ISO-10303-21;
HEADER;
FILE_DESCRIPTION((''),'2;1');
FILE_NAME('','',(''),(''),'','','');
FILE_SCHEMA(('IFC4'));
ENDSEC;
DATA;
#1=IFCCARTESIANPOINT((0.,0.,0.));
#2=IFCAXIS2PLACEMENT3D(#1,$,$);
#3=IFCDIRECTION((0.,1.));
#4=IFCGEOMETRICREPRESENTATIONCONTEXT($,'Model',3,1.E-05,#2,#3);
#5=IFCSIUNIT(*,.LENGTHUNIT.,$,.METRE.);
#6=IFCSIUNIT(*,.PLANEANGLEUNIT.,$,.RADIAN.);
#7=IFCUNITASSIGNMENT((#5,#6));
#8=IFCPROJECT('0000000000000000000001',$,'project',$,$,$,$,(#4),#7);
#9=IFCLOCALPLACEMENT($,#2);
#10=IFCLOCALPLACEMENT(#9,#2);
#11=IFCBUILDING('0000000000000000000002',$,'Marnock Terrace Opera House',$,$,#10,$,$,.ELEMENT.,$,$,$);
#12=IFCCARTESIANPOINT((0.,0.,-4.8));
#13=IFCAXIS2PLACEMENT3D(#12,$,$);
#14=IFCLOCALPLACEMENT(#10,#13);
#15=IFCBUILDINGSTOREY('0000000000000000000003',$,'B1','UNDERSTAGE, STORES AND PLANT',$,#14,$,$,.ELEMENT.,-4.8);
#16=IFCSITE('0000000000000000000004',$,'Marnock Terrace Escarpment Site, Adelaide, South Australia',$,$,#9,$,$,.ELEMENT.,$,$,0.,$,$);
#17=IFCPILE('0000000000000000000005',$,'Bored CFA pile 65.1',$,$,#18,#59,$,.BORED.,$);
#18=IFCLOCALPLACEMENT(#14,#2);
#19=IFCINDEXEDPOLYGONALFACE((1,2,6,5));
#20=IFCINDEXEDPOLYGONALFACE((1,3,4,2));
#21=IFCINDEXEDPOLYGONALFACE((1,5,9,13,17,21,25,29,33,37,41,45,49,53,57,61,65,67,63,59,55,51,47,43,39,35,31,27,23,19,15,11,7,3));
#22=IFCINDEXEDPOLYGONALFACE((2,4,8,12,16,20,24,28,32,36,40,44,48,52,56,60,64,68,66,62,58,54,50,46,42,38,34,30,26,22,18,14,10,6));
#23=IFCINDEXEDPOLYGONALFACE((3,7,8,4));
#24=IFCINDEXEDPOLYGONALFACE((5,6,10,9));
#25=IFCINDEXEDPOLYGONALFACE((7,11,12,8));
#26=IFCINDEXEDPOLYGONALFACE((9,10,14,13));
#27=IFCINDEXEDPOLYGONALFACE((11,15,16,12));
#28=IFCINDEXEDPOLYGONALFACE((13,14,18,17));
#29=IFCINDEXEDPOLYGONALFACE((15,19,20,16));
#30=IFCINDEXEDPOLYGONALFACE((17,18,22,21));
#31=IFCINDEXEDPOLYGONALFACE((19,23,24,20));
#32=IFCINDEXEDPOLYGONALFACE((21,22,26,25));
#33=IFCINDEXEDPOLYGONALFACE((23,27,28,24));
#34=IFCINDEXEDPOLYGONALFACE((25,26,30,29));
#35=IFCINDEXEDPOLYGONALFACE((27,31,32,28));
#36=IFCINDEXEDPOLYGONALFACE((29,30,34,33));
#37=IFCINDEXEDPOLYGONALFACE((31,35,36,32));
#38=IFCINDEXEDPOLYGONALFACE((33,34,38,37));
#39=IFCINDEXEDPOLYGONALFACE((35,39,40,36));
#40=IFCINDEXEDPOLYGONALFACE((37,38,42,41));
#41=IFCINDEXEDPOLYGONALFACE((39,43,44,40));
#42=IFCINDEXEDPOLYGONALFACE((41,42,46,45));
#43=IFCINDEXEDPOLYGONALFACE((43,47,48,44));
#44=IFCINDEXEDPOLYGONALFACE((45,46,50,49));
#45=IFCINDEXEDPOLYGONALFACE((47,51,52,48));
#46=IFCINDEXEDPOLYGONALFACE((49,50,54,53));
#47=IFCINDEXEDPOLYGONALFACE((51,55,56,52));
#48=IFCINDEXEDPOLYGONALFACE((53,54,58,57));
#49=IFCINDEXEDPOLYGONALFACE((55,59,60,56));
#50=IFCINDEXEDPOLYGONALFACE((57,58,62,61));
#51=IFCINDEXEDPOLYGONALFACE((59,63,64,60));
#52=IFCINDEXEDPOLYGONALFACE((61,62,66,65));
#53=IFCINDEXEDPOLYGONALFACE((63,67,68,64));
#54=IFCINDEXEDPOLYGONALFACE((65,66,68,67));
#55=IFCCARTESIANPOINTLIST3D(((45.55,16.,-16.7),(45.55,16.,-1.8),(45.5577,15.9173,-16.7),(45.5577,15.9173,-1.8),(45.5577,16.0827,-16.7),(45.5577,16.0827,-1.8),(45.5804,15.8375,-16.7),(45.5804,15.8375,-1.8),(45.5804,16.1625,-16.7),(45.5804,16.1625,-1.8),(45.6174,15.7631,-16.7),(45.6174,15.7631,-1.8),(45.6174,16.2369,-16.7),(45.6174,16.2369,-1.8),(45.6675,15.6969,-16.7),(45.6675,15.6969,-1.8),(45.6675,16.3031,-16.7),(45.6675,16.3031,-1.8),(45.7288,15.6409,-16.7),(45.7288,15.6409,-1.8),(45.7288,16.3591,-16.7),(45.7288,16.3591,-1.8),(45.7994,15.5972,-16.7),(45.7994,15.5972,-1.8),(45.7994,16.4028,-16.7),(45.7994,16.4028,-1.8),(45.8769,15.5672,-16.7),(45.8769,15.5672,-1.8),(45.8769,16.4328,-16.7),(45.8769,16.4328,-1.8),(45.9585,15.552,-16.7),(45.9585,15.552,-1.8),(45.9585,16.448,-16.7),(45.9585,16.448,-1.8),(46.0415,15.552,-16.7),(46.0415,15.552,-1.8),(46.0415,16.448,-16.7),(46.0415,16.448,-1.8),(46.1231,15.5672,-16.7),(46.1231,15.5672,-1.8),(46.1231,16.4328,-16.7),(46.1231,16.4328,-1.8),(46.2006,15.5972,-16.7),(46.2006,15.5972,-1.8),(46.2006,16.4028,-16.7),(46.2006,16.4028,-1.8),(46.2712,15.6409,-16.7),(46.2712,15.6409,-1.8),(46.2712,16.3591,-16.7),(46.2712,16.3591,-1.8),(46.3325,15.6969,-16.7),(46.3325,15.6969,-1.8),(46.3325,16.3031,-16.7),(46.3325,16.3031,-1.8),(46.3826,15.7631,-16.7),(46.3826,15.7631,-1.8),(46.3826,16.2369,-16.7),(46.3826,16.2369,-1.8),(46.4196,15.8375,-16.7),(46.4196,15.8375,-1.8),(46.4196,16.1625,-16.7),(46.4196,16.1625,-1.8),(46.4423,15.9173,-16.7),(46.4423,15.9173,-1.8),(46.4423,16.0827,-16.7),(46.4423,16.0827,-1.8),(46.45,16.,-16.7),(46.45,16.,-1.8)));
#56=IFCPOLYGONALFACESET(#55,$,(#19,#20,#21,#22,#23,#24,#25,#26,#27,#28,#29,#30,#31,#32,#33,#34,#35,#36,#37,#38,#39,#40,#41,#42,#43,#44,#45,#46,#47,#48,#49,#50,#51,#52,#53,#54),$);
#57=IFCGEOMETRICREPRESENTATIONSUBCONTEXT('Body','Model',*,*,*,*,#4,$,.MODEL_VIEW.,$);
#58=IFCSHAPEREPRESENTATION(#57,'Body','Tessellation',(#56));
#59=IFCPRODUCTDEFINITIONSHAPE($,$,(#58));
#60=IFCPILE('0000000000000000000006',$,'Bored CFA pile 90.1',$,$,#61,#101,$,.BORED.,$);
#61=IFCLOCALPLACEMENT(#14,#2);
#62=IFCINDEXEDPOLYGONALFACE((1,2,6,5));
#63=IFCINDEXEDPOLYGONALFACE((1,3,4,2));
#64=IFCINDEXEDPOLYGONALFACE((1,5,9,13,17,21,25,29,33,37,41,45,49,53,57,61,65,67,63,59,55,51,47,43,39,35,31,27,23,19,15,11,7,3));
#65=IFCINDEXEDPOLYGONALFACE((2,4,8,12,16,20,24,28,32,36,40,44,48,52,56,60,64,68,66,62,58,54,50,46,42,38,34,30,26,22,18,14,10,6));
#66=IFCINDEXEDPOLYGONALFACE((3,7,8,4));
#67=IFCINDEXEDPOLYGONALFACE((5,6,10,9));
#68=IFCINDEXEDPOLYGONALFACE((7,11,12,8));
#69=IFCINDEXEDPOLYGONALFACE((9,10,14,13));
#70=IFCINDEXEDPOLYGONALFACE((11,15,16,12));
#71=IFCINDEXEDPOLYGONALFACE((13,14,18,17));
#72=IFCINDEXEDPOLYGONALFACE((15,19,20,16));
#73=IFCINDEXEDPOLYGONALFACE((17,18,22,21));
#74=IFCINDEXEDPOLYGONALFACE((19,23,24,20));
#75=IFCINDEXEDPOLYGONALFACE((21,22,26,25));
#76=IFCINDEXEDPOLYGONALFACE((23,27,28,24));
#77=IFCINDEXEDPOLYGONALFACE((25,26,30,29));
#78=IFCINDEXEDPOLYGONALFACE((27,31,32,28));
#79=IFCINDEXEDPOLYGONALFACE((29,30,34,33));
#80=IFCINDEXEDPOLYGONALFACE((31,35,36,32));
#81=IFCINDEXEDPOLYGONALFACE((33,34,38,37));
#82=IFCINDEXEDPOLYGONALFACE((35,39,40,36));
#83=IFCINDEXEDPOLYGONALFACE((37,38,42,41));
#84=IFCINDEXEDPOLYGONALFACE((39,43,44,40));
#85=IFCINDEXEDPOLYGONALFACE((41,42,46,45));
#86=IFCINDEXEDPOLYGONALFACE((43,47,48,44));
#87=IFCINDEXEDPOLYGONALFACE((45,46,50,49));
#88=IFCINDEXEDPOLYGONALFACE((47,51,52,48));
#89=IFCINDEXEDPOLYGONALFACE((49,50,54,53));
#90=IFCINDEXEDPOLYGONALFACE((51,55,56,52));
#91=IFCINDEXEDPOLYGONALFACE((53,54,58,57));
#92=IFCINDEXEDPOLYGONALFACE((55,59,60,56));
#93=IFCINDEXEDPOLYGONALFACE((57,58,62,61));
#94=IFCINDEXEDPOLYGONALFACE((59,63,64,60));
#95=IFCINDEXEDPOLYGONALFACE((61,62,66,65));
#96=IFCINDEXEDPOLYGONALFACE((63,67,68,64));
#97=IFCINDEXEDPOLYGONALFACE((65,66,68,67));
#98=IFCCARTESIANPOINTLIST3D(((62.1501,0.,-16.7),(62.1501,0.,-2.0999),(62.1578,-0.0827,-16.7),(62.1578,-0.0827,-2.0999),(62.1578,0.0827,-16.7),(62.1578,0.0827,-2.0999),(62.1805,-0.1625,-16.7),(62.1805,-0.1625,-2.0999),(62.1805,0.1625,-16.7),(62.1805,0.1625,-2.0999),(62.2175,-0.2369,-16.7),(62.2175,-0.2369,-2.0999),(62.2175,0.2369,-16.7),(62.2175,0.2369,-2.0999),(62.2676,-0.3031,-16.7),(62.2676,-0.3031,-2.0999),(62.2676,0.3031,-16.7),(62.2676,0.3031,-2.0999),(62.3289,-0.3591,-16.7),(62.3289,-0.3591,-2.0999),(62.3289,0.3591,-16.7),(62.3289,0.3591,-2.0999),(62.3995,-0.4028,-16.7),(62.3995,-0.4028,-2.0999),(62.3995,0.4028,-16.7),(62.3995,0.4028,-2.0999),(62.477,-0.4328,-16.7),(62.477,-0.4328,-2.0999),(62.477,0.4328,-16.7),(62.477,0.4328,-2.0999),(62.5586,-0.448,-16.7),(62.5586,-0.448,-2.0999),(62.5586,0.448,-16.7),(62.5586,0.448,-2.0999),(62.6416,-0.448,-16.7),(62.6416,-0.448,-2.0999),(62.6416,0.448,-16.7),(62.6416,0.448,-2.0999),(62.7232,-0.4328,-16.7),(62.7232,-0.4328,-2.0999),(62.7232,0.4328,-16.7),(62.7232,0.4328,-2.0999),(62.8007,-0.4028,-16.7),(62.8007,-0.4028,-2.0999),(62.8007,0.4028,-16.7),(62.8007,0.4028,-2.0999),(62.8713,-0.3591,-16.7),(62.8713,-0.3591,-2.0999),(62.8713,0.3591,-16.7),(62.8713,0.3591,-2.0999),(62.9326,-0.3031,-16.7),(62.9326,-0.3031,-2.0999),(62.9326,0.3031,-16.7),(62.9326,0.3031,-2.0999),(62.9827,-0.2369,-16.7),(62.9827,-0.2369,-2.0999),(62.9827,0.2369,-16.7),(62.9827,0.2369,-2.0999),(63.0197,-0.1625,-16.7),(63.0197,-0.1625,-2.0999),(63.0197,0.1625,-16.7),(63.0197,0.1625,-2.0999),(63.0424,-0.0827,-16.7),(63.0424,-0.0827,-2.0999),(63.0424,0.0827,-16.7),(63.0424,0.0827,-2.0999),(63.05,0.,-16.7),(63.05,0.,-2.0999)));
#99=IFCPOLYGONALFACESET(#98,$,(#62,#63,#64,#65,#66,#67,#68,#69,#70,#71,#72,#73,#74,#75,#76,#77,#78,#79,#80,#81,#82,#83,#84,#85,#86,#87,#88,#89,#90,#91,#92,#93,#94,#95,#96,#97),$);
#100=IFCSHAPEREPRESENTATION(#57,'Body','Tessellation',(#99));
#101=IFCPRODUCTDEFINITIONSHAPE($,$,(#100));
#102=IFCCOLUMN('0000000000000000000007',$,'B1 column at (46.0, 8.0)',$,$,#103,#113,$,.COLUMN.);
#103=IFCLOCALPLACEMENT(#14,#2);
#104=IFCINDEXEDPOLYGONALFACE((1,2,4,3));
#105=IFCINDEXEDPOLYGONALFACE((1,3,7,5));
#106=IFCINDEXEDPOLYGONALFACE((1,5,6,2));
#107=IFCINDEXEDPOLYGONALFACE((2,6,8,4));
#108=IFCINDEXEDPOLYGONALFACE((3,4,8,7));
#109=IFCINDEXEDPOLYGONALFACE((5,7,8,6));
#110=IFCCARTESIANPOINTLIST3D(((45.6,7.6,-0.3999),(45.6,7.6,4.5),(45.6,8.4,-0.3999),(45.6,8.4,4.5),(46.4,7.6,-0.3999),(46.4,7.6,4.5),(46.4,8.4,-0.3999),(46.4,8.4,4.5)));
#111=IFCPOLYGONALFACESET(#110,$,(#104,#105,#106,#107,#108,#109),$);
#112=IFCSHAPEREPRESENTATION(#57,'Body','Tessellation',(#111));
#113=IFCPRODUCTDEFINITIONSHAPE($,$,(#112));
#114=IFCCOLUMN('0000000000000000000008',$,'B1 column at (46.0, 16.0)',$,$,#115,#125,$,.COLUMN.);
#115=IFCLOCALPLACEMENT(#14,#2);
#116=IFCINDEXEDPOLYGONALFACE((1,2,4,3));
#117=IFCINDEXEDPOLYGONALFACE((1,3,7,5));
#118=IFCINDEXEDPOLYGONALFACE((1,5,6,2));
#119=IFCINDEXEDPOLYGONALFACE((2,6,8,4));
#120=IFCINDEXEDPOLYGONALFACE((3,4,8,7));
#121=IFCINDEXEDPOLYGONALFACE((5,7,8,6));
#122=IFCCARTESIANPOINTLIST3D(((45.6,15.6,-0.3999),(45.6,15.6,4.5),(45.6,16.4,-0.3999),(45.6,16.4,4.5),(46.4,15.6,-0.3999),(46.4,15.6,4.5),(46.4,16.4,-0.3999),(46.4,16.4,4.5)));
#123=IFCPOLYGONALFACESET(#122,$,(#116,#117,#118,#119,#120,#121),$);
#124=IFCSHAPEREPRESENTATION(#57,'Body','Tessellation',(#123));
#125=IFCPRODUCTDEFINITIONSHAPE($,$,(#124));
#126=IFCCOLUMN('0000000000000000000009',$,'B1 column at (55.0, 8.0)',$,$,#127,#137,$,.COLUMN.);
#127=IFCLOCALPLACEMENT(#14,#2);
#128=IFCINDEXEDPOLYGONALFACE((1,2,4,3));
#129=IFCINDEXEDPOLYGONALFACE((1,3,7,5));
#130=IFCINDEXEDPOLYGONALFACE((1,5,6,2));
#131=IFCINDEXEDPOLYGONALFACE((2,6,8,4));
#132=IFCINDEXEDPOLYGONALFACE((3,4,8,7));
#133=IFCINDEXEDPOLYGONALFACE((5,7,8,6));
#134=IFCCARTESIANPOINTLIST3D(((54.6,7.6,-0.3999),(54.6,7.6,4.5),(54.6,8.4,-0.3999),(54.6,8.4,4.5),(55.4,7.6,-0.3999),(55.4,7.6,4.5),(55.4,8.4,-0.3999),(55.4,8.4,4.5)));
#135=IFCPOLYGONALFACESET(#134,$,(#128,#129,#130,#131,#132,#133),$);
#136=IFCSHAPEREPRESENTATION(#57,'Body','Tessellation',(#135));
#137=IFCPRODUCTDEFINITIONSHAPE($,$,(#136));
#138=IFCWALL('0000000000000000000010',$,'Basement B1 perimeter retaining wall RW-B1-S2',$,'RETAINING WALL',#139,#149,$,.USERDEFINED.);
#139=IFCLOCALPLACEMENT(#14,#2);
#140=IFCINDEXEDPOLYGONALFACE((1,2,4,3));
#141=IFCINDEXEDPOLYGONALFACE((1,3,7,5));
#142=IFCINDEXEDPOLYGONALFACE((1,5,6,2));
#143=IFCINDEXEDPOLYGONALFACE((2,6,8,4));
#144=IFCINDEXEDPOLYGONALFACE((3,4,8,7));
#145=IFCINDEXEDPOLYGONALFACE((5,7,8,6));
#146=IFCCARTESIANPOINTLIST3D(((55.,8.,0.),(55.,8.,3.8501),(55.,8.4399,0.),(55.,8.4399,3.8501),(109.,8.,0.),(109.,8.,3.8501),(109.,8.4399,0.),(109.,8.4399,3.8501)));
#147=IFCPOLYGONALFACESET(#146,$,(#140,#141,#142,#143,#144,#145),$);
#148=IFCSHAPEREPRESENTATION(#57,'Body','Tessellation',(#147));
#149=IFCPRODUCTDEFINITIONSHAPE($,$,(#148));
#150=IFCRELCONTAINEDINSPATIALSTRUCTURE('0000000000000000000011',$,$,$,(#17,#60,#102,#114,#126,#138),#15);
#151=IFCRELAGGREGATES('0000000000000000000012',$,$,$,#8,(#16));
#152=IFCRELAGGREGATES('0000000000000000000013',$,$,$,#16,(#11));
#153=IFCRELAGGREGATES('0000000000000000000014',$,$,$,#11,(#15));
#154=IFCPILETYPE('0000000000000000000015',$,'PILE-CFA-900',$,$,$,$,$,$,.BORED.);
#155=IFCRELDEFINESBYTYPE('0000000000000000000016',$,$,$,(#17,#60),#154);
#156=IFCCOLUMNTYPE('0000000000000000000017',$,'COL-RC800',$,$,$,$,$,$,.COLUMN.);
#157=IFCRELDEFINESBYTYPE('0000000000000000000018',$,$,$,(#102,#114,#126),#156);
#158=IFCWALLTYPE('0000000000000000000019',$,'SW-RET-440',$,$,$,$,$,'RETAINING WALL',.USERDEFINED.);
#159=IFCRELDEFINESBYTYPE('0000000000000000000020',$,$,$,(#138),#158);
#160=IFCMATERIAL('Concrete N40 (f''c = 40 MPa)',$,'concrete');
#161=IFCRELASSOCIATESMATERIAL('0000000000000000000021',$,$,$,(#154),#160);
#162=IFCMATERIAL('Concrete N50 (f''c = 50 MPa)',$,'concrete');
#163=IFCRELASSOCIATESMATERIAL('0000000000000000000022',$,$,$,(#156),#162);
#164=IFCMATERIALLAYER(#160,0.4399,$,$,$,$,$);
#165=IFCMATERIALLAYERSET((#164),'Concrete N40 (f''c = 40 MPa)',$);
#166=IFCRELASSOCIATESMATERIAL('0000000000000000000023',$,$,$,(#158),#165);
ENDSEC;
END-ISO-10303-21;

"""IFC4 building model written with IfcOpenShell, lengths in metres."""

from ifc_helpers import new_model, si_unit, direction, frame, frame_2d, origin, origin_2d, place, context, subcontext, project, spatial, rectangle, circle, extrude, material, layer, layer_set, material_profile, profile_set, type_object, element, save


model = new_model("IFC4")

# Units and contexts
model_context = context("Model", 3, precision=1e-05, world=origin(), true_north=direction((0.0, 1.0)))
body_context = subcontext(model_context, "Body", "Model", "MODEL_VIEW")
ifc_project = project(units=[si_unit("LENGTHUNIT", "METRE"), si_unit("PLANEANGLEUNIT", "RADIAN")], contexts=[model_context])

# Site, building, storey
site_placement = place(None, origin())
site = spatial("IfcSite", under=ifc_project, at=site_placement, Name="Marnock Terrace Escarpment Site, Adelaide, South Australia", CompositionType="ELEMENT", RefElevation=0.0)
building_placement = place(site_placement, origin())
building = spatial("IfcBuilding", under=site, at=building_placement, Name="Marnock Terrace Opera House", CompositionType="ELEMENT")
storey_placement = place(building_placement, frame((0.0, 0.0, -4.8)))
storey = spatial("IfcBuildingStorey", under=building, at=storey_placement, Name="B1", Description="UNDERSTAGE, STORES AND PLANT", CompositionType="ELEMENT", Elevation=-4.8)

# Shared definitions
ifc_material_1 = material(Name="Concrete N40 (f'c = 40 MPa)", Category="concrete")

# Piles
ifc_material_profile_1 = material_profile(ifc_material_1, circle(Radius=0.45, at=origin_2d()))
ifc_profile_set_1 = profile_set([ifc_material_profile_1], Name="Concrete N40 (f'c = 40 MPa)")
pile_type_1 = type_object("IfcPileType", Name="PILE-CFA-900", PredefinedType="BORED", material=ifc_profile_set_1)
for number, where, z_axis, x_axis, name in (
    (1, (46.0, 16.0, -1.8), (0.0, 0.0, -1.0), (1.0, 0.0, 0.0), "Bored CFA pile 65.1"),
):
    element("IfcPile", number, at=place(storey_placement, frame(where, z_axis=z_axis, x_axis=x_axis)), inside=storey, type_object=pile_type_1, Name=name, PredefinedType="BORED", context=body_context, shape_type="SweptSolid", body=[
        extrude(circle(Radius=0.45, at=origin_2d()), origin(), (0.0, 0.0, 1.0), 14.8999),
    ])
pile_placement = place(storey_placement, frame((62.6001, 0.0, -2.0999), z_axis=(0.0, 0.0, -1.0), x_axis=(1.0, 0.0, 0.0)))
element("IfcPile", 2, at=pile_placement, inside=storey, type_object=pile_type_1, Name="Bored CFA pile 90.1", PredefinedType="BORED", context=body_context, shape_type="SweptSolid", body=[
    extrude(circle(Radius=0.45, at=origin_2d()), origin(), (0.0, 0.0, 1.0), 14.6001),
])

# Columns
ifc_material_2 = material(Name="Concrete N50 (f'c = 50 MPa)", Category="concrete")
ifc_material_profile_2 = material_profile(ifc_material_2, rectangle(XDim=0.8, YDim=0.8, at=origin_2d()))
ifc_profile_set_2 = profile_set([ifc_material_profile_2], Name="Concrete N50 (f'c = 50 MPa)")
column_type = type_object("IfcColumnType", Name="COL-RC800", PredefinedType="COLUMN", material=ifc_profile_set_2)
for number, where, z_axis, x_axis, name in (
    (3, (46.0, 8.0, -0.3999), (0.0, 0.0, 1.0), (1.0, 0.0, 0.0), "B1 column at (46.0, 8.0)"),
    (4, (46.0, 16.0, -0.3999), (0.0, 0.0, 1.0), (1.0, 0.0, 0.0), "B1 column at (46.0, 16.0)"),
    (5, (55.0, 8.0, -0.3999), (0.0, 0.0, 1.0), (1.0, 0.0, 0.0), "B1 column at (55.0, 8.0)"),
):
    element("IfcColumn", number, at=place(storey_placement, frame(where, z_axis=z_axis, x_axis=x_axis)), inside=storey, type_object=column_type, Name=name, PredefinedType="COLUMN", context=body_context, shape_type="SweptSolid", body=[
        extrude(rectangle(XDim=0.8, YDim=0.8, at=origin_2d()), origin(), (0.0, 0.0, 1.0), 4.8999),
    ])

# Wall
ifc_layer_1 = layer(ifc_material_1, 0.4399)
ifc_layer_set_1 = layer_set([ifc_layer_1], Name="Concrete N40 (f'c = 40 MPa)")
wall_type = type_object("IfcWallType", Name="SW-RET-440", ElementType="RETAINING WALL", PredefinedType="USERDEFINED", material=ifc_layer_set_1)
wall_placement = place(storey_placement, frame((55.0, 8.22, 0.0), z_axis=(0.0, 0.0, 1.0), x_axis=(1.0, 0.0, 0.0)))
element("IfcWall", 6, at=wall_placement, inside=storey, type_object=wall_type, Name="Basement B1 perimeter retaining wall RW-B1-S2", ObjectType="RETAINING WALL", PredefinedType="USERDEFINED", context=body_context, shape_type="SweptSolid", body=[
    extrude(rectangle(XDim=54.0, YDim=0.4399, at=frame_2d((27.0, 0.0))), origin(), (0.0, 0.0, 1.0), 3.8501),
])

save(model, "model.ifc")
